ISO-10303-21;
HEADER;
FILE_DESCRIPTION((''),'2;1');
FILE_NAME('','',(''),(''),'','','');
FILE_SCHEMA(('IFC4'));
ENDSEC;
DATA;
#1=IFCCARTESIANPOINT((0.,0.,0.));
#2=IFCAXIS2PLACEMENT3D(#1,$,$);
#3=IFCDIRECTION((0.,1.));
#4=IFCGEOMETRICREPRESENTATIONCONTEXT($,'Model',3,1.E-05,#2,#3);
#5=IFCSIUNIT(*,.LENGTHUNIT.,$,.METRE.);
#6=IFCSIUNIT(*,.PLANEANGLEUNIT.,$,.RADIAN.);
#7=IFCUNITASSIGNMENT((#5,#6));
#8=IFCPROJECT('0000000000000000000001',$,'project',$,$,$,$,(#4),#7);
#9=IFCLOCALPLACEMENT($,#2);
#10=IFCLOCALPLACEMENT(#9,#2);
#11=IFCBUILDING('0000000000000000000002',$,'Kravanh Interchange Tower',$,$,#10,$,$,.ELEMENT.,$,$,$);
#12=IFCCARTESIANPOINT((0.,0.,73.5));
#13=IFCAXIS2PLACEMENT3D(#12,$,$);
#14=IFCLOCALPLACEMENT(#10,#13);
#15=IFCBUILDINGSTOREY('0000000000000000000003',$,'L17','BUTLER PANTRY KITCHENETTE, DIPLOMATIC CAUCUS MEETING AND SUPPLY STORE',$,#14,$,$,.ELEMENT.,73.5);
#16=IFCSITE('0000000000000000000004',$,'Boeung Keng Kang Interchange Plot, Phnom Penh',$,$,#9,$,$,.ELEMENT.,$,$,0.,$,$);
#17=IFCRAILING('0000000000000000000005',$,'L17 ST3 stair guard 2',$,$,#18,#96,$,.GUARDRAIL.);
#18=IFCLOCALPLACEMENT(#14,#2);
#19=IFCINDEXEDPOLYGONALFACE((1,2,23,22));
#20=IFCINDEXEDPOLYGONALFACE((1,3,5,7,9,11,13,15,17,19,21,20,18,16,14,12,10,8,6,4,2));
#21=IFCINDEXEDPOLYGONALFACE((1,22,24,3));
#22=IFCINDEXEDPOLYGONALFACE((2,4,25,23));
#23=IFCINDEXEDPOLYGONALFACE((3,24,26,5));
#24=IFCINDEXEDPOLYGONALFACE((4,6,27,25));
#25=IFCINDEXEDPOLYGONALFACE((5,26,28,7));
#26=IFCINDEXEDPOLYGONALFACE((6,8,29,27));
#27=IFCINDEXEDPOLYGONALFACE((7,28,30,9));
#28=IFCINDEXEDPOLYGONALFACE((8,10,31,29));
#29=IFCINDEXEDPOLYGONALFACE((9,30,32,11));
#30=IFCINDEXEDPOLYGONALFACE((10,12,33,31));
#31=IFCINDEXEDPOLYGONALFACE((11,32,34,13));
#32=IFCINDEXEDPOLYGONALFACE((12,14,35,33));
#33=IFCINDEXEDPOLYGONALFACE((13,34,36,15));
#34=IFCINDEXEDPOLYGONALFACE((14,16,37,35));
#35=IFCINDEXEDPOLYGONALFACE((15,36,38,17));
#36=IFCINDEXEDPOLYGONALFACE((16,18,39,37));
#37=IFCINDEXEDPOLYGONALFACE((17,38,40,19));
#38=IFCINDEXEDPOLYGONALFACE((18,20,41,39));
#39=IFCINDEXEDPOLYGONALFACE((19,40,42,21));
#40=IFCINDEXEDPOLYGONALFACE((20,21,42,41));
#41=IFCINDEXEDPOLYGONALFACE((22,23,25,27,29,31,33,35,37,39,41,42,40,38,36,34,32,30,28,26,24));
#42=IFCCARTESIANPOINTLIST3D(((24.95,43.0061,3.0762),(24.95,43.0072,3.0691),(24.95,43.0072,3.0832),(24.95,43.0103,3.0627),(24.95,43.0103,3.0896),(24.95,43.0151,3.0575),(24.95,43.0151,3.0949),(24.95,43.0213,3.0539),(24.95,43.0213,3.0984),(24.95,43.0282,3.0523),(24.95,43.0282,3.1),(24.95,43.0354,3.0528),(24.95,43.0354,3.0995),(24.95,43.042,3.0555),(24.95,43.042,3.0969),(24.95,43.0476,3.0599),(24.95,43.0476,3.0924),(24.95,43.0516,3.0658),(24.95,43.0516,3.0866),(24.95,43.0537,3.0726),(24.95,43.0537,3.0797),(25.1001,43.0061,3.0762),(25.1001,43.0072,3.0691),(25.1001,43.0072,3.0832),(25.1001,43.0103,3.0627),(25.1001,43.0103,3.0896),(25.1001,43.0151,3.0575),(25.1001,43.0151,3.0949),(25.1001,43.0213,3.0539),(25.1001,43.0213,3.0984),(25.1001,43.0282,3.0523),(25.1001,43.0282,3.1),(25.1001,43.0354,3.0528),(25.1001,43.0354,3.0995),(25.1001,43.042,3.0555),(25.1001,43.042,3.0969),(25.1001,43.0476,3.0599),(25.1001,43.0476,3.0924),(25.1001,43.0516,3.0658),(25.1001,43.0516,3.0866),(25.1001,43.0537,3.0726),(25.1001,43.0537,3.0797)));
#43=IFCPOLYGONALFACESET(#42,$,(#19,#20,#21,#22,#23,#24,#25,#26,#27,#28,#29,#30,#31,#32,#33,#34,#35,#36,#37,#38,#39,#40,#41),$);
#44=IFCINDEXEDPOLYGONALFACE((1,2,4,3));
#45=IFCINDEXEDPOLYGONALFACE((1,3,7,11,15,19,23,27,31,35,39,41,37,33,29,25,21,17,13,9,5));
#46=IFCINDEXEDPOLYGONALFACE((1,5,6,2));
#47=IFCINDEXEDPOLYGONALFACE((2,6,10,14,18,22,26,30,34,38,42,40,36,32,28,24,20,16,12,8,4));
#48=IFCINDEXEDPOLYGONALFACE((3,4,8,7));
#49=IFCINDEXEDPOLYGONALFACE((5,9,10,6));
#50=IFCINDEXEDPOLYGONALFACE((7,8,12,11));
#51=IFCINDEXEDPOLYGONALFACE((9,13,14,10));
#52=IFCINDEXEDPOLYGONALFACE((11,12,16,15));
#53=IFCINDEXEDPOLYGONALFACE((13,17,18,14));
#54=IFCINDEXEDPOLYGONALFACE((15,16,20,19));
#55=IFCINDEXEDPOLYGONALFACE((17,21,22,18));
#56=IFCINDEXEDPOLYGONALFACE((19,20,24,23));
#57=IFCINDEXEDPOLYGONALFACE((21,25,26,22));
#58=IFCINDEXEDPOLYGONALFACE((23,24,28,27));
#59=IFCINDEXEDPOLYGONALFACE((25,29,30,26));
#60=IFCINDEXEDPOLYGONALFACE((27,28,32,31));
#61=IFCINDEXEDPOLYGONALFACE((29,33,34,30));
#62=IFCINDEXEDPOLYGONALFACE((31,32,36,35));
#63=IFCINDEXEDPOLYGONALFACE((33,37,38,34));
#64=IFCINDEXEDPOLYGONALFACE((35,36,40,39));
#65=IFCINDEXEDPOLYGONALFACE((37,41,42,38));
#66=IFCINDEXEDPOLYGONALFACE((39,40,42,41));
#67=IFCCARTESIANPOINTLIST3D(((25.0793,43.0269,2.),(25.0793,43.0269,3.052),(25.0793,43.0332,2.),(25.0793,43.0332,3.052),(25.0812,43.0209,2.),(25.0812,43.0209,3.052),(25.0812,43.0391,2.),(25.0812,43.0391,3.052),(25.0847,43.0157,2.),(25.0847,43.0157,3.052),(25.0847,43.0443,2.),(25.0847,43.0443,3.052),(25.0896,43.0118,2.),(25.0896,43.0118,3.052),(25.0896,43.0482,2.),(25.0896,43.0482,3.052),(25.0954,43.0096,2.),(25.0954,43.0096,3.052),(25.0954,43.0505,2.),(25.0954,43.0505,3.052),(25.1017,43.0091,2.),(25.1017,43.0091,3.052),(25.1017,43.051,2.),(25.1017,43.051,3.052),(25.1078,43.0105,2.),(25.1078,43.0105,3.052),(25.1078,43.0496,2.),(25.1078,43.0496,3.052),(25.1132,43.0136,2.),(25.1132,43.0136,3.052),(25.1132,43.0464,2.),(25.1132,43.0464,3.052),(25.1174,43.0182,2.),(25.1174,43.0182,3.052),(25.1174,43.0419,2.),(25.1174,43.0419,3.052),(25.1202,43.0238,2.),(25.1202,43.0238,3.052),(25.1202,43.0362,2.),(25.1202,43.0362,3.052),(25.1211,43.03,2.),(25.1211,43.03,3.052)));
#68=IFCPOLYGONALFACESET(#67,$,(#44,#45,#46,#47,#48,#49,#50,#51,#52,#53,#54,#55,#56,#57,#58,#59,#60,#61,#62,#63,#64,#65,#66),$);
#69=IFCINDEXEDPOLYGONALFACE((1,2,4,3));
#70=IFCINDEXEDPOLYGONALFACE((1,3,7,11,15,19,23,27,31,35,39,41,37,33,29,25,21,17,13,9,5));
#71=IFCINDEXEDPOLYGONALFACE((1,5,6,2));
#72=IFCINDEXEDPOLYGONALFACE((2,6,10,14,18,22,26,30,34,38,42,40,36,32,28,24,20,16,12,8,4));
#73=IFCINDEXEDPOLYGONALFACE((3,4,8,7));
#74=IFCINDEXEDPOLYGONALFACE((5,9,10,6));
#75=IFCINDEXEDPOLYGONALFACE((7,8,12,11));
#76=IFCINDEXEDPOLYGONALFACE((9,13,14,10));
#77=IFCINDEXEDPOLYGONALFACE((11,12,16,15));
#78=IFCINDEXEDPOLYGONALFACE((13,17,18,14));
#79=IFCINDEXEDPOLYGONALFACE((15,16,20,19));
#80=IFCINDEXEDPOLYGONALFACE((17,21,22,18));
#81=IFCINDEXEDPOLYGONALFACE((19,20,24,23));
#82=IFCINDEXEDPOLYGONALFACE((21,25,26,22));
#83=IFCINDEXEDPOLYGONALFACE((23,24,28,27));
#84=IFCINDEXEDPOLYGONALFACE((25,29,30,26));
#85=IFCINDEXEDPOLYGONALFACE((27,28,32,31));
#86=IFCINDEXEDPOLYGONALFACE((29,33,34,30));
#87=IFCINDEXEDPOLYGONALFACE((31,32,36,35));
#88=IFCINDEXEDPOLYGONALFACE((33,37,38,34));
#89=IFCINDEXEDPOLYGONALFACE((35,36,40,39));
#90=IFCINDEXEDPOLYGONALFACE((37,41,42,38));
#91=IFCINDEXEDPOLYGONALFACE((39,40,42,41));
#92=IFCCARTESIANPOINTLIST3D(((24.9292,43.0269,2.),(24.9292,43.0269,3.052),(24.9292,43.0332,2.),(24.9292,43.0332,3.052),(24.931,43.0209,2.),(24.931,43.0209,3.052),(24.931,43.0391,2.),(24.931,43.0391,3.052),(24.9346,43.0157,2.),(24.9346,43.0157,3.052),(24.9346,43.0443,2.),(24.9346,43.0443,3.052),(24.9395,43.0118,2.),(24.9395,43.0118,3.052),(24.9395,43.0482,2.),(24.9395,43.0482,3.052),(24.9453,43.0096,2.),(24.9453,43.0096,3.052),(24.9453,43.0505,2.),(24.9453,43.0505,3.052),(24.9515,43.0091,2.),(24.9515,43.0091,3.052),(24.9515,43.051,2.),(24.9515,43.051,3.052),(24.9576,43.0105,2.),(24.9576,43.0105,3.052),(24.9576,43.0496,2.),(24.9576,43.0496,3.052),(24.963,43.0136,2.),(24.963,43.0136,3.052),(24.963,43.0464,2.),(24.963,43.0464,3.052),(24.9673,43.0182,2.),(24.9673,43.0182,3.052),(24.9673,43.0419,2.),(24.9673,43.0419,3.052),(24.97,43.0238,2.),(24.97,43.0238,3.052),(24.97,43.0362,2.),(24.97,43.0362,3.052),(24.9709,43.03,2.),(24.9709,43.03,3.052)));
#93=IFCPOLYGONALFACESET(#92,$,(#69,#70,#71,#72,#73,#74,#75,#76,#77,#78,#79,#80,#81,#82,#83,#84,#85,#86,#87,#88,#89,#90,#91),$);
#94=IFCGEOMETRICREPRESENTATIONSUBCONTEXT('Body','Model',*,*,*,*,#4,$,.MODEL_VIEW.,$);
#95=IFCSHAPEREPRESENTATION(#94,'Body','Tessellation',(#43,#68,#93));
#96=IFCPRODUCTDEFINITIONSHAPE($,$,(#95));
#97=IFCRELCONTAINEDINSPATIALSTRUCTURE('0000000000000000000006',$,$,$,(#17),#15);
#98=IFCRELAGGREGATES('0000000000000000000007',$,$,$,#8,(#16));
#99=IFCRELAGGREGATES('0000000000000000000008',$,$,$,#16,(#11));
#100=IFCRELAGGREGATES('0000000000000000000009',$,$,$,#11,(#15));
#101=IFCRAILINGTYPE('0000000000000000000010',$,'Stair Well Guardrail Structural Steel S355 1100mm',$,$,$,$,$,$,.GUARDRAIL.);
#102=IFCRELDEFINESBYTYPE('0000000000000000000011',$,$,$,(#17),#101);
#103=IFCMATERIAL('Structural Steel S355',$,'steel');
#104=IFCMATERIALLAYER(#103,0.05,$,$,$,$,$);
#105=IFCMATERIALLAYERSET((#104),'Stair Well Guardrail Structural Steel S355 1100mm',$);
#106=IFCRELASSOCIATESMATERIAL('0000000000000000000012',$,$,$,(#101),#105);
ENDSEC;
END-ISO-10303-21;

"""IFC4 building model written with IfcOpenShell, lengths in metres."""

from ifc_helpers import new_model, si_unit, direction, frame, origin, origin_2d, place, context, subcontext, project, spatial, circle, extrude, material, layer, layer_set, type_object, element, save


model = new_model("IFC4")

# Units and contexts
model_context = context("Model", 3, precision=1e-05, world=origin(), true_north=direction((0.0, 1.0)))
body_context = subcontext(model_context, "Body", "Model", "MODEL_VIEW")
ifc_project = project(units=[si_unit("LENGTHUNIT", "METRE"), si_unit("PLANEANGLEUNIT", "RADIAN")], contexts=[model_context])

# Site, building, storey
site_placement = place(None, origin())
site = spatial("IfcSite", under=ifc_project, at=site_placement, Name="Boeung Keng Kang Interchange Plot, Phnom Penh", CompositionType="ELEMENT", RefElevation=0.0)
building_placement = place(site_placement, origin())
building = spatial("IfcBuilding", under=site, at=building_placement, Name="Kravanh Interchange Tower", CompositionType="ELEMENT")
storey_placement = place(building_placement, frame((0.0, 0.0, 73.5)))
storey = spatial("IfcBuildingStorey", under=building, at=storey_placement, Name="L17", Description="BUTLER PANTRY KITCHENETTE, DIPLOMATIC CAUCUS MEETING AND SUPPLY STORE", CompositionType="ELEMENT", Elevation=73.5)

# Railing
ifc_material_1 = material(Name="Structural Steel S355", Category="steel")
ifc_layer_1 = layer(ifc_material_1, 0.05)
ifc_layer_set_1 = layer_set([ifc_layer_1], Name="Stair Well Guardrail Structural Steel S355 1100mm")
railing_type_1 = type_object("IfcRailingType", Name="Stair Well Guardrail Structural Steel S355 1100mm", PredefinedType="GUARDRAIL", material=ifc_layer_set_1)
railing_1_placement = place(storey_placement, frame((25.1001, 43.03, 2.0)))
element("IfcRailing", 1, at=railing_1_placement, inside=storey, type_object=railing_type_1, Name="L17 ST3 stair guard 2", PredefinedType="GUARDRAIL", context=body_context, shape_type="SweptSolid", body=[
    extrude(circle(Radius=0.0239, at=origin_2d()), frame((0.0, 0.0, 1.0762), z_axis=(-1.0, 0.0, 0.0), x_axis=(0.0, -1.0, 0.0)), (0.0, 0.0, 1.0), 0.1501),
    extrude(circle(Radius=0.021, at=origin_2d()), origin(), (0.0, 0.0, 1.0), 1.052),
    extrude(circle(Radius=0.021, at=origin_2d()), frame((-0.1501, 0.0, 0.0)), (0.0, 0.0, 1.0), 1.052),
])

save(model, "model.ifc")
